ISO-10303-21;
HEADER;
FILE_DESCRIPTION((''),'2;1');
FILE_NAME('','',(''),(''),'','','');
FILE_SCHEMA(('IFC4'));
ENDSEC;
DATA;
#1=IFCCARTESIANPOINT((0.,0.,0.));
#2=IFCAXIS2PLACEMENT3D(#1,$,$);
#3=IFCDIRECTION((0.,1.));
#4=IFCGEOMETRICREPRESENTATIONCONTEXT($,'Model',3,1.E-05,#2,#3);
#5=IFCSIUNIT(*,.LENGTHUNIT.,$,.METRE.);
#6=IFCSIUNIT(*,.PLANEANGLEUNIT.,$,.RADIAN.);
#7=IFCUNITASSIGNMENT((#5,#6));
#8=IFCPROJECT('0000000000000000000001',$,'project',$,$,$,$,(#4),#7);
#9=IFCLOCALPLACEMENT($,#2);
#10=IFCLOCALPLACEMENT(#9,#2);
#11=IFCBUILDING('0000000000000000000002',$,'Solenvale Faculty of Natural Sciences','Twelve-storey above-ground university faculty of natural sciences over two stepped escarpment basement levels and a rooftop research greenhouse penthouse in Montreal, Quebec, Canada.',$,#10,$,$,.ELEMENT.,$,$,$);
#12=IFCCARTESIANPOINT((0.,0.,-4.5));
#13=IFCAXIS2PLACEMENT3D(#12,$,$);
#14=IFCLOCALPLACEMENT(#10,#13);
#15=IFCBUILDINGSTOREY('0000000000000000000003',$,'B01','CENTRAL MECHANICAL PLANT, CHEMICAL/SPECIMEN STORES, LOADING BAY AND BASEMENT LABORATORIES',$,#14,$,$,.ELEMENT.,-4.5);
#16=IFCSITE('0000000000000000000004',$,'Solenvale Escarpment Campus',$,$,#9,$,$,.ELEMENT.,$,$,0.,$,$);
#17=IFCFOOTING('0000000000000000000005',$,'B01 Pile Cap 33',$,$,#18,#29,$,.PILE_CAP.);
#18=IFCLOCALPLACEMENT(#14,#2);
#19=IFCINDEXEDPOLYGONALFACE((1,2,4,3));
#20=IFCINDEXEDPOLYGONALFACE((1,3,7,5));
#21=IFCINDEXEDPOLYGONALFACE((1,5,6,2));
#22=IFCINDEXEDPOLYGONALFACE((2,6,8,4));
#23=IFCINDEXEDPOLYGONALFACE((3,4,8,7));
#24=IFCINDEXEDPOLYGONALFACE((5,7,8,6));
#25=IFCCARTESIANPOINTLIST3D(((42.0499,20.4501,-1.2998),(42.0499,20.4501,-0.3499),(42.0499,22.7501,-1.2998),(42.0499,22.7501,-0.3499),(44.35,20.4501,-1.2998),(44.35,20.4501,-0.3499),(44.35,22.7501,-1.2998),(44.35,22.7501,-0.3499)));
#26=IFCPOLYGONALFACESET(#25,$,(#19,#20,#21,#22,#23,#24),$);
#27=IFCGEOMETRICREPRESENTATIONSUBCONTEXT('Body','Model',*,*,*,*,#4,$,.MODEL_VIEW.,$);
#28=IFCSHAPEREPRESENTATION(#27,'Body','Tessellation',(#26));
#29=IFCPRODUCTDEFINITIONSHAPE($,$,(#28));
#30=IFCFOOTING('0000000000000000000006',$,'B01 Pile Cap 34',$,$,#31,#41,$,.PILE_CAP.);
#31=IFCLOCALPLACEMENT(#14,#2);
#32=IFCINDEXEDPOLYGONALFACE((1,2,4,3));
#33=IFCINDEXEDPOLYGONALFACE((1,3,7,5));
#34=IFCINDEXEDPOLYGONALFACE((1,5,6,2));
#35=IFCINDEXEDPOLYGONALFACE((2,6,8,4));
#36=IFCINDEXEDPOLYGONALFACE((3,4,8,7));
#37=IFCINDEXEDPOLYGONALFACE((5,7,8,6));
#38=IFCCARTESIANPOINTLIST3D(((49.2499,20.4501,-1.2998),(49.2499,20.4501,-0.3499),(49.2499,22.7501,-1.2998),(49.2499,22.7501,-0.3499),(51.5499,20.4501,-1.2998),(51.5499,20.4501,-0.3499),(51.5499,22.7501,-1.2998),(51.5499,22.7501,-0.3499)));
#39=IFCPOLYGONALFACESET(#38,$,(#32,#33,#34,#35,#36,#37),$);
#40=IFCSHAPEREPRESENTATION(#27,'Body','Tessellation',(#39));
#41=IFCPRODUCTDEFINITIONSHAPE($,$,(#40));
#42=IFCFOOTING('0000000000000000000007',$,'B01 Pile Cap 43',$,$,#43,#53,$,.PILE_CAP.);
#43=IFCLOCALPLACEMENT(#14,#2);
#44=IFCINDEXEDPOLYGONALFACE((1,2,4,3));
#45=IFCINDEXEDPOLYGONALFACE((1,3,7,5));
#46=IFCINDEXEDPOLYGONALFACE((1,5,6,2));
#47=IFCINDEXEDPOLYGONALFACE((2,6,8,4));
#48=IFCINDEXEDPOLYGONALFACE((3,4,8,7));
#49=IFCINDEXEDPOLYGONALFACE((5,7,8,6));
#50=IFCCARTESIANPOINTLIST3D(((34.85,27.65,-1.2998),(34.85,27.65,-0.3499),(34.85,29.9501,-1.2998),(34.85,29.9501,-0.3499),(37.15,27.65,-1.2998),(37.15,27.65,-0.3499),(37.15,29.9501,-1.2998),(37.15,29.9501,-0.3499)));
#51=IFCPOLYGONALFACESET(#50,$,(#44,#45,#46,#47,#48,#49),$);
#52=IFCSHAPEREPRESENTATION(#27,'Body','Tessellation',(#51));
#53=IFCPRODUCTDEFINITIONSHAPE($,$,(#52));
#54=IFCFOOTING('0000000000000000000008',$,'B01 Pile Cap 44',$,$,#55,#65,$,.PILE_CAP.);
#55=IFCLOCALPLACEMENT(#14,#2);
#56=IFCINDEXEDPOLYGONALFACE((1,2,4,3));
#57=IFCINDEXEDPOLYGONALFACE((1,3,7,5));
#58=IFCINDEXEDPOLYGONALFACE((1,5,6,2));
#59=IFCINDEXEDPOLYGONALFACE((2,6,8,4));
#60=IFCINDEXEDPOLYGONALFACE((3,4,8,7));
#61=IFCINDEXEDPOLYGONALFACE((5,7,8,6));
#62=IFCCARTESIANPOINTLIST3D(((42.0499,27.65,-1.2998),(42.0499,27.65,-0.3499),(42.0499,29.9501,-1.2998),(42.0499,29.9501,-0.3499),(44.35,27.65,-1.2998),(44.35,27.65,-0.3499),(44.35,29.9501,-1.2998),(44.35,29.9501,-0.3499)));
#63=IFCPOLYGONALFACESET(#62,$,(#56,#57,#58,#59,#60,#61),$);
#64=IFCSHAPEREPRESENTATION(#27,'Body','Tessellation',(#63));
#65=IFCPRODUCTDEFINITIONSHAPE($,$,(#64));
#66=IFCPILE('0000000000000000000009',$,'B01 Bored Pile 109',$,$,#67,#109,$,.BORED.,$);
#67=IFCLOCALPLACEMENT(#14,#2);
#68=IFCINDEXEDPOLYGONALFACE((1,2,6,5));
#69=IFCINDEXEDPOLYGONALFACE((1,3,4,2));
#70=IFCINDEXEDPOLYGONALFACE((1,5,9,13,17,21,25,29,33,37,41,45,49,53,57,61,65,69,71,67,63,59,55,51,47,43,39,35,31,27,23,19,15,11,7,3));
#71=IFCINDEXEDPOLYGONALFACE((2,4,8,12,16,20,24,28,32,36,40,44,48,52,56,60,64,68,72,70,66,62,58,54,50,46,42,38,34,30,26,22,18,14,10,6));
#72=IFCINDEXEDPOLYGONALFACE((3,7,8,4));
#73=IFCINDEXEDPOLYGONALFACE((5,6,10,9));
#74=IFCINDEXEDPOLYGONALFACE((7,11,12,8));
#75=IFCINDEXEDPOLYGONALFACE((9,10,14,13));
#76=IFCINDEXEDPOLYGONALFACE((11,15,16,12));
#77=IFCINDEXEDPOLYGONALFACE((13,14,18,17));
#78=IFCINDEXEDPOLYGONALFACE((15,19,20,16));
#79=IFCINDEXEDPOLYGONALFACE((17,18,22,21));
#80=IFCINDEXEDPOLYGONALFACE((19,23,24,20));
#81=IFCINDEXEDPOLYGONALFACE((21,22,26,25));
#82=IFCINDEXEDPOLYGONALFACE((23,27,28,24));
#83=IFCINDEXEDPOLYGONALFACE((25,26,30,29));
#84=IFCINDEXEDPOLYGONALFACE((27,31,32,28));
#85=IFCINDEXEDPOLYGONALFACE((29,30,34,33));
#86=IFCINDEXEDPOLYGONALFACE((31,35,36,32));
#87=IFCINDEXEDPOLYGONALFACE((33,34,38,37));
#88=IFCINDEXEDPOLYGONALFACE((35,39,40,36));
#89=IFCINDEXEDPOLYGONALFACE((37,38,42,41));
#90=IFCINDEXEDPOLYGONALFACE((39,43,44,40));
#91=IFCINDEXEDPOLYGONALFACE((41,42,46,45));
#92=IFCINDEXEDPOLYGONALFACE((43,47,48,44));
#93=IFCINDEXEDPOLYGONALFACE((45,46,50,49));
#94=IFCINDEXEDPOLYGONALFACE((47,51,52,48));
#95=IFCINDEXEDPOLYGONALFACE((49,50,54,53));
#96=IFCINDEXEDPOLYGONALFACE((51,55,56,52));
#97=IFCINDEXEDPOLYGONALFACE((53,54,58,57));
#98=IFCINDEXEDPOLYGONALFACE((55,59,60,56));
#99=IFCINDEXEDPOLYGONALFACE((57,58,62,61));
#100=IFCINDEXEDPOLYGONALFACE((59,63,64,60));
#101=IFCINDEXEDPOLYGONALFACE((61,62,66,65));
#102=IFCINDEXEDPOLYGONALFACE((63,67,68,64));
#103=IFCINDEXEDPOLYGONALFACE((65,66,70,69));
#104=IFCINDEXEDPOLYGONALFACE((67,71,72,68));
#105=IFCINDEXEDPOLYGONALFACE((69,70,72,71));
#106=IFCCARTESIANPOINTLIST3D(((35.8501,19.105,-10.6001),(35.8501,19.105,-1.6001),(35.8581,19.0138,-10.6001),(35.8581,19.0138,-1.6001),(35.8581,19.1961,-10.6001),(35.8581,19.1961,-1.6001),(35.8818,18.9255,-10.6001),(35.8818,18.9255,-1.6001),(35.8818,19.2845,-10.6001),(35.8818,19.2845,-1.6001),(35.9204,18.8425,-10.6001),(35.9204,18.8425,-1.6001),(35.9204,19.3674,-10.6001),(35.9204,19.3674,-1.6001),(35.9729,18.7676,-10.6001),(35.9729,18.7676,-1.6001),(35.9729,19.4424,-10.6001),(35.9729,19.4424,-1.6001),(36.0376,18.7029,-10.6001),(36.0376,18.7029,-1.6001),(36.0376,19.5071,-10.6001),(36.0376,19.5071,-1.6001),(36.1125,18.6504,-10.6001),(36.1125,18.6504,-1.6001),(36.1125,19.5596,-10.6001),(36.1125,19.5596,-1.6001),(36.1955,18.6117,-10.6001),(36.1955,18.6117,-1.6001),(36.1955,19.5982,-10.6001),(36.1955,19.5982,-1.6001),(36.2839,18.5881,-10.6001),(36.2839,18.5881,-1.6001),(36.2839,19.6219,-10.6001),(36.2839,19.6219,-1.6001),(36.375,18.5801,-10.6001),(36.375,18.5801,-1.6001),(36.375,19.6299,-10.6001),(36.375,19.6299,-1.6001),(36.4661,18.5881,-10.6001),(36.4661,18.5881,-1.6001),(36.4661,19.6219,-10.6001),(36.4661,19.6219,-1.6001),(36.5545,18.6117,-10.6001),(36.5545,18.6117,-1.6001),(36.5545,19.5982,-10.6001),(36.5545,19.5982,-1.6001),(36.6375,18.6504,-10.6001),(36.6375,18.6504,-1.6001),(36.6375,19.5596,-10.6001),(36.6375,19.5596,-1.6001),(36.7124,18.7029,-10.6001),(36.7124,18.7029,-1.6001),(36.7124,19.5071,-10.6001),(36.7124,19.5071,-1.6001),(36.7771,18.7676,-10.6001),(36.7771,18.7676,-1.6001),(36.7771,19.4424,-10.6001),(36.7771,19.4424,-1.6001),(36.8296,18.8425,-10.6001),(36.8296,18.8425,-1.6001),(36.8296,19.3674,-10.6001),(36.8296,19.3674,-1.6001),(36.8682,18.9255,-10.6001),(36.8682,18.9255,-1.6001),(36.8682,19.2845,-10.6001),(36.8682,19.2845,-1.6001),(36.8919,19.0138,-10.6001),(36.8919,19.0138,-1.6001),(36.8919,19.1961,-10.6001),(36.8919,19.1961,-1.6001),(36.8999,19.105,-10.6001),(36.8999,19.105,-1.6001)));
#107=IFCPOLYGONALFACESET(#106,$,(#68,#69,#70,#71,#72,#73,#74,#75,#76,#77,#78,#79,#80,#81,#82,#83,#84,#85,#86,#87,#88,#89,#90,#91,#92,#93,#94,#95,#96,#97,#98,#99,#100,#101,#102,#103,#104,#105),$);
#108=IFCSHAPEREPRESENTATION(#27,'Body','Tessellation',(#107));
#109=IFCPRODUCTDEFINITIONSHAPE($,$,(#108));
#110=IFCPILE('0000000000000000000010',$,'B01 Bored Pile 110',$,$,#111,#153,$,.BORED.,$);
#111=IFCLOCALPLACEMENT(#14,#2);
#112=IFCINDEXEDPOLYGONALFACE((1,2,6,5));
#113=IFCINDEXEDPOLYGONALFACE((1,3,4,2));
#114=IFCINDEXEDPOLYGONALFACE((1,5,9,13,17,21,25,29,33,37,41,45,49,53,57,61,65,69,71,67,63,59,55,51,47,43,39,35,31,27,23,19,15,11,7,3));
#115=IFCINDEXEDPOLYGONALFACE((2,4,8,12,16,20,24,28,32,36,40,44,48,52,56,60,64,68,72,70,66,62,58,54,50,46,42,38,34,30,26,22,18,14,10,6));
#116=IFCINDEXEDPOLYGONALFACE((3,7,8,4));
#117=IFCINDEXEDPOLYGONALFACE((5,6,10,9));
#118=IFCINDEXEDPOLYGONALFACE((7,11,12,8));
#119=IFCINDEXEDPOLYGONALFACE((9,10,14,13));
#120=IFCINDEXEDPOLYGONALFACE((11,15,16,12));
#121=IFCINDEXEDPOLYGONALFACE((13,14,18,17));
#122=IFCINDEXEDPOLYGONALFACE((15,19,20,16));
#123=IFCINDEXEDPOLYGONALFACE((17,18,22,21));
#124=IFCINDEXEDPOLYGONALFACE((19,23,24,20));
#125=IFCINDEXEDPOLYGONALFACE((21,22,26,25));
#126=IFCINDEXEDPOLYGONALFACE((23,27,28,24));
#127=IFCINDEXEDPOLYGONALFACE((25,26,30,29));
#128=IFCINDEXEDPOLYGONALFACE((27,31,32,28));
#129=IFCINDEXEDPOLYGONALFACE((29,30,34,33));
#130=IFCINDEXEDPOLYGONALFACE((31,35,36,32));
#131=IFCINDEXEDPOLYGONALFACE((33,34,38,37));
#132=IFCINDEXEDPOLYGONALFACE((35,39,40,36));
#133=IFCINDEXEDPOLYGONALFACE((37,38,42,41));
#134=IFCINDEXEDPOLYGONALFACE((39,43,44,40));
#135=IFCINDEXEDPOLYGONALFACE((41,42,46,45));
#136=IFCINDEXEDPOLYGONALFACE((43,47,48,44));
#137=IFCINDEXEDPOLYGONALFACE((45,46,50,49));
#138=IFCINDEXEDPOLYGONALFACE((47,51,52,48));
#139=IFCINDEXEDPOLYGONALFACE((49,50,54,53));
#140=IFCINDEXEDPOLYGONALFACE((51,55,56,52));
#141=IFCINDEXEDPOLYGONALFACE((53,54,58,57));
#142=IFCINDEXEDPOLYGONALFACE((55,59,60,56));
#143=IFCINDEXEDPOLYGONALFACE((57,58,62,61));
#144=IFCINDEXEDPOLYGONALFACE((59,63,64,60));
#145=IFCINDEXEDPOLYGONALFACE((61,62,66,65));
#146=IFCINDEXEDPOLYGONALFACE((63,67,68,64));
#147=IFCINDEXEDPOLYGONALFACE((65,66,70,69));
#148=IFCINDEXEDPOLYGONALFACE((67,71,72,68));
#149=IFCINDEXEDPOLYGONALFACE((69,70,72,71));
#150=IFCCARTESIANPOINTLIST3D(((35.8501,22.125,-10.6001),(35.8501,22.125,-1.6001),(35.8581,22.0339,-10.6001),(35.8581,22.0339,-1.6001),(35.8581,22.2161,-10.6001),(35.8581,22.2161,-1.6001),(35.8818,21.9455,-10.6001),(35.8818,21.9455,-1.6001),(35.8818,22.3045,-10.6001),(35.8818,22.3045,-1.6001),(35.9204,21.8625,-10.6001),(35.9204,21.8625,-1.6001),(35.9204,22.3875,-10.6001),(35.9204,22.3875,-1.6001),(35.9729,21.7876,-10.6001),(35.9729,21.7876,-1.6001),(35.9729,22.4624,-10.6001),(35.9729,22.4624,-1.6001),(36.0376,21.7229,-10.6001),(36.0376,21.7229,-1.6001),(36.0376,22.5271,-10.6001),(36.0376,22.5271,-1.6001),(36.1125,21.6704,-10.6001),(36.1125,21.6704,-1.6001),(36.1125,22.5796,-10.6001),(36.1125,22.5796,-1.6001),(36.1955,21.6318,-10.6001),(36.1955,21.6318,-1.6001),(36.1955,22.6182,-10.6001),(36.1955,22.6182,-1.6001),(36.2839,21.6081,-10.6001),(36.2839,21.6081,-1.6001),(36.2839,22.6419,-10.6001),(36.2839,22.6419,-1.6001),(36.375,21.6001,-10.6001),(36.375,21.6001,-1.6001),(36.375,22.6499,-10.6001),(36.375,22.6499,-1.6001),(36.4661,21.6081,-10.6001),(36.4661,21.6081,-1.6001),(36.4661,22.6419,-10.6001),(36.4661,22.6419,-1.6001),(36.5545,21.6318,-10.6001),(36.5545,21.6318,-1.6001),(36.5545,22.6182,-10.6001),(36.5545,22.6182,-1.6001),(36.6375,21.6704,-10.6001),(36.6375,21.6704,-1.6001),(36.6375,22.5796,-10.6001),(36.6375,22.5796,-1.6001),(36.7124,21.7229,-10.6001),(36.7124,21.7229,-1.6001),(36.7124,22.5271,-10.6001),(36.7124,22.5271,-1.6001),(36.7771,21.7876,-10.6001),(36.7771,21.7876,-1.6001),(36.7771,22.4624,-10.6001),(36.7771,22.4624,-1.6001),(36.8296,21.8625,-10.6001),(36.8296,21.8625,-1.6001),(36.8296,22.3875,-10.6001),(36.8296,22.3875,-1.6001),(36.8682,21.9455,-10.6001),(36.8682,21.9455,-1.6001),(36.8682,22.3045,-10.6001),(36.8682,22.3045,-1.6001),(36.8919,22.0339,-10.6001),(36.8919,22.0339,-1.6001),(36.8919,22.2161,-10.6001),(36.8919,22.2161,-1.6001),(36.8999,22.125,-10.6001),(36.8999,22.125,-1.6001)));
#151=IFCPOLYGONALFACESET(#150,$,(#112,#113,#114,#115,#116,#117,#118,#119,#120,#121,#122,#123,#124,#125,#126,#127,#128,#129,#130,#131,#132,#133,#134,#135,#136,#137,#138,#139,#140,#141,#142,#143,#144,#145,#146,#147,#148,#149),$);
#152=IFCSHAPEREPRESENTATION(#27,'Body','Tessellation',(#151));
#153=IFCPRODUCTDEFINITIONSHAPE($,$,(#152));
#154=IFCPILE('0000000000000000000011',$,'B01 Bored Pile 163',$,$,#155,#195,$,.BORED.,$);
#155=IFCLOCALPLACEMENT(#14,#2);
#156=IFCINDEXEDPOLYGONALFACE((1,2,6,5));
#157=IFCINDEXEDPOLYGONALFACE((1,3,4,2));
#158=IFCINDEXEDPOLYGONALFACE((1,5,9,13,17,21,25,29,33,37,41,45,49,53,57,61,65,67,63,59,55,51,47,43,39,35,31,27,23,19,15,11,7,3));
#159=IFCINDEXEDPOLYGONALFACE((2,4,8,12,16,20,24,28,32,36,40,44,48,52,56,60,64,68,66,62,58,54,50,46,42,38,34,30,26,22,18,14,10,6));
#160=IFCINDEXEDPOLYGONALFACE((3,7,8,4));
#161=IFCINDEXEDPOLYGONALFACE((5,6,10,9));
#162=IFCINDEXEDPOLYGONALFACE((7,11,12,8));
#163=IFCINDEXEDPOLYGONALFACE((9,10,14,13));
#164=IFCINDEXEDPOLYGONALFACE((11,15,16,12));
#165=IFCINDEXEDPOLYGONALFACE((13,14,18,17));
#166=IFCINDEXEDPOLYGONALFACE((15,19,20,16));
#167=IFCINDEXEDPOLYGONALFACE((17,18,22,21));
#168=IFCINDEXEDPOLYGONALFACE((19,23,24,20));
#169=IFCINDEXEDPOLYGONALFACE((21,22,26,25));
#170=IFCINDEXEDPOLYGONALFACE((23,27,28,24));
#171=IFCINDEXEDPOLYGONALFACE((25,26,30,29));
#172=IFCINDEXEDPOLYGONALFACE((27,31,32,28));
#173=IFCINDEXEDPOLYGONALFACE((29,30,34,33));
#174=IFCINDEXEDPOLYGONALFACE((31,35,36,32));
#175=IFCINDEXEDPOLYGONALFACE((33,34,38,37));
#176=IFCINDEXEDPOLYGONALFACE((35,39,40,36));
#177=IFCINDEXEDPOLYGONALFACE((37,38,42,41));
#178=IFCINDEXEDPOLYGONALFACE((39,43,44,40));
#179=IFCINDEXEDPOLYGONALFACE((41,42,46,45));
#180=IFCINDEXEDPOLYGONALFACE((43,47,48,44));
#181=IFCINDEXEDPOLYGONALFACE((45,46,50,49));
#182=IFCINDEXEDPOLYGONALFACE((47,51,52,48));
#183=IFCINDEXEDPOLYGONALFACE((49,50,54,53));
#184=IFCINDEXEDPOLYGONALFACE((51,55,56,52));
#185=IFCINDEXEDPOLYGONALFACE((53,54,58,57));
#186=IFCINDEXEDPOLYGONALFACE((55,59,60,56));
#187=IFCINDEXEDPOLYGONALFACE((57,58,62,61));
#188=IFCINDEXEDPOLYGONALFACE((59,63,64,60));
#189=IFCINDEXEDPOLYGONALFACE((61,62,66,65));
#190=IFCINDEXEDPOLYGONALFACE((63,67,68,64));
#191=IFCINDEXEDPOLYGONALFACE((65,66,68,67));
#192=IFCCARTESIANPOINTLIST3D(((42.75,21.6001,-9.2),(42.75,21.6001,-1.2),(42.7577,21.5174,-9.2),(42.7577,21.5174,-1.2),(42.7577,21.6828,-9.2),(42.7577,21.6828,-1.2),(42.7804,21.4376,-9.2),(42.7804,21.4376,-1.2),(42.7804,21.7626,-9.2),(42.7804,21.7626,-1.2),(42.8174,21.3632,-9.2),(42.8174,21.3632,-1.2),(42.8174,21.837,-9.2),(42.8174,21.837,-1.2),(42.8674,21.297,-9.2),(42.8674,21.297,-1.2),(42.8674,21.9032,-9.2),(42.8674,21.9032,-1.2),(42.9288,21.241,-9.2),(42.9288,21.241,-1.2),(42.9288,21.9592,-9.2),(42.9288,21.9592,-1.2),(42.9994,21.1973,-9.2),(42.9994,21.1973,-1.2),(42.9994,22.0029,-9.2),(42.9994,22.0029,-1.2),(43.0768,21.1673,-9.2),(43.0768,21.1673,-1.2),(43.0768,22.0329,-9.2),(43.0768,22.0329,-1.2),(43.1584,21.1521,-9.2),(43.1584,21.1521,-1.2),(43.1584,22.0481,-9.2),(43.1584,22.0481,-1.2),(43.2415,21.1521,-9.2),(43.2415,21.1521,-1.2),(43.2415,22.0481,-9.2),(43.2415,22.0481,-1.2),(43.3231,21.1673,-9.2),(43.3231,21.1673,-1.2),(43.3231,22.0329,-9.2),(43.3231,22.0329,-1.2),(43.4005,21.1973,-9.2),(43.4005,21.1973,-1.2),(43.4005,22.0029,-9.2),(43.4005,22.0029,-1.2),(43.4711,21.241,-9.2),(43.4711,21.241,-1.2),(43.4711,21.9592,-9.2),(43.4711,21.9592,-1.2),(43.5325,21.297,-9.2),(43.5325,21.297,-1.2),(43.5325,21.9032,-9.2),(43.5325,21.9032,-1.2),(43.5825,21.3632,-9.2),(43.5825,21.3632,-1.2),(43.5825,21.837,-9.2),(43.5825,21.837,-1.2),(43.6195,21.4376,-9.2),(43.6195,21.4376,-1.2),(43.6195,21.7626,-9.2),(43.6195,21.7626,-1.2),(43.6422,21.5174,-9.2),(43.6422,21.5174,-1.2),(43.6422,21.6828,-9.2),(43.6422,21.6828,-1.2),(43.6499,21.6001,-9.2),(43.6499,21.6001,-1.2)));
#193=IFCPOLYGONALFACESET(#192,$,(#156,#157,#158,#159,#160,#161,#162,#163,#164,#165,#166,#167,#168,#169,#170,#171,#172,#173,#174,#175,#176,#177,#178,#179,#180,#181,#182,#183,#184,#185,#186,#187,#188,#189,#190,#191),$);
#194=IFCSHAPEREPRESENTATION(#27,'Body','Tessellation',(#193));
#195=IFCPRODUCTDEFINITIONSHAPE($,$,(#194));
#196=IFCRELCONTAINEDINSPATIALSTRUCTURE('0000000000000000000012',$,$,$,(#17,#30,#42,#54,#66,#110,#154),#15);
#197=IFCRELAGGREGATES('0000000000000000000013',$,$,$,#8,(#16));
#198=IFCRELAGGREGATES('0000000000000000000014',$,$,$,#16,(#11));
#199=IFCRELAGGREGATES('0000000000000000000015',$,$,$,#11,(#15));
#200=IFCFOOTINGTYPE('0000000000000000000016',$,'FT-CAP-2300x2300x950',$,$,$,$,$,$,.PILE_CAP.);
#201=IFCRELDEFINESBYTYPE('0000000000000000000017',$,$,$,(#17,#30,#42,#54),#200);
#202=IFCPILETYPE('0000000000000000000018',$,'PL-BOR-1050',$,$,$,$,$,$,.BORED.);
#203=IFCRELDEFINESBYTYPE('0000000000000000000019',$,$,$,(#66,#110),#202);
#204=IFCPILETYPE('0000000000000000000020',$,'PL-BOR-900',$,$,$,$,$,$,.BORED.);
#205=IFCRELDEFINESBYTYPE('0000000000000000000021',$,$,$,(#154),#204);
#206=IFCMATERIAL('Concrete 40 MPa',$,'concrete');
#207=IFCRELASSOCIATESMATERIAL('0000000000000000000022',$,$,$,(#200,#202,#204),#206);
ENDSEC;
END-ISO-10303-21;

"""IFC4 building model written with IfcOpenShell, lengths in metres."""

from ifc_helpers import new_model, si_unit, direction, frame, origin, origin_2d, place, context, subcontext, project, spatial, rectangle, circle, extrude, material, material_profile, profile_set, type_object, element, save


model = new_model("IFC4")

# Units and contexts
model_context = context("Model", 3, precision=1e-05, world=origin(), true_north=direction((0.0, 1.0)))
body_context = subcontext(model_context, "Body", "Model", "MODEL_VIEW")
ifc_project = project(units=[si_unit("LENGTHUNIT", "METRE"), si_unit("PLANEANGLEUNIT", "RADIAN")], contexts=[model_context])

# Site, building, storey
site_placement = place(None, origin())
site = spatial("IfcSite", under=ifc_project, at=site_placement, Name="Solenvale Escarpment Campus", CompositionType="ELEMENT", RefElevation=0.0)
building_placement = place(site_placement, origin())
building = spatial("IfcBuilding", under=site, at=building_placement, Name="Solenvale Faculty of Natural Sciences", Description="Twelve-storey above-ground university faculty of natural sciences over two stepped escarpment basement levels and a rooftop research greenhouse penthouse in Montreal, Quebec, Canada.", CompositionType="ELEMENT")
storey_placement = place(building_placement, frame((0.0, 0.0, -4.5)))
storey = spatial("IfcBuildingStorey", under=building, at=storey_placement, Name="B01", Description="CENTRAL MECHANICAL PLANT, CHEMICAL/SPECIMEN STORES, LOADING BAY AND BASEMENT LABORATORIES", CompositionType="ELEMENT", Elevation=-4.5)

# Footings
ifc_material_1 = material(Name="Concrete 40 MPa", Category="concrete")
footing_type = type_object("IfcFootingType", Name="FT-CAP-2300x2300x950", PredefinedType="PILE_CAP", material=ifc_material_1)
for number, where, z_axis, x_axis, name in (
    (1, (43.2, 21.6001, -1.2998), (0.0, 0.0, 1.0), (1.0, 0.0, 0.0), "B01 Pile Cap 33"),
    (2, (50.3999, 21.6001, -1.2998), (0.0, 0.0, 1.0), (1.0, 0.0, 0.0), "B01 Pile Cap 34"),
    (3, (36.0, 28.8, -1.2998), (0.0, 0.0, 1.0), (1.0, 0.0, 0.0), "B01 Pile Cap 43"),
    (4, (43.2, 28.8, -1.2998), (0.0, 0.0, 1.0), (1.0, 0.0, 0.0), "B01 Pile Cap 44"),
):
    element("IfcFooting", number, at=place(storey_placement, frame(where, z_axis=z_axis, x_axis=x_axis)), inside=storey, type_object=footing_type, Name=name, PredefinedType="PILE_CAP", context=body_context, shape_type="SweptSolid", body=[
        extrude(rectangle(XDim=2.3, YDim=2.3, at=origin_2d()), origin(), (0.0, 0.0, 1.0), 0.95),
    ])

# Piles
ifc_material_profile_1 = material_profile(ifc_material_1, circle(Radius=0.5249, at=origin_2d()), Name="PILE-D1050")
ifc_profile_set_1 = profile_set([ifc_material_profile_1], Name="Concrete 40 MPa")
pile_type_1 = type_object("IfcPileType", Name="PL-BOR-1050", PredefinedType="BORED", material=ifc_profile_set_1)
for number, where, z_axis, x_axis, name in (
    (5, (36.375, 19.105, -1.6001), (0.0, 0.0, -1.0), (1.0, 0.0, 0.0), "B01 Bored Pile 109"),
    (6, (36.375, 22.125, -1.6001), (0.0, 0.0, -1.0), (1.0, 0.0, 0.0), "B01 Bored Pile 110"),
):
    element("IfcPile", number, at=place(storey_placement, frame(where, z_axis=z_axis, x_axis=x_axis)), inside=storey, type_object=pile_type_1, Name=name, PredefinedType="BORED", context=body_context, shape_type="SweptSolid", body=[
        extrude(circle(Radius=0.5249, at=origin_2d()), origin(), (0.0, 0.0, 1.0), 9.0),
    ])
ifc_material_profile_2 = material_profile(ifc_material_1, circle(Radius=0.45, at=origin_2d()), Name="PILE-D900")
ifc_profile_set_2 = profile_set([ifc_material_profile_2], Name="Concrete 40 MPa")
pile_type_2 = type_object("IfcPileType", Name="PL-BOR-900", PredefinedType="BORED", material=ifc_profile_set_2)
for number, where, z_axis, x_axis, name in (
    (7, (43.2, 21.6001, -1.2), (0.0, 0.0, -1.0), (1.0, 0.0, 0.0), "B01 Bored Pile 163"),
):
    element("IfcPile", number, at=place(storey_placement, frame(where, z_axis=z_axis, x_axis=x_axis)), inside=storey, type_object=pile_type_2, Name=name, PredefinedType="BORED", context=body_context, shape_type="SweptSolid", body=[
        extrude(circle(Radius=0.45, at=origin_2d()), origin(), (0.0, 0.0, 1.0), 8.0),
    ])

save(model, "model.ifc")
